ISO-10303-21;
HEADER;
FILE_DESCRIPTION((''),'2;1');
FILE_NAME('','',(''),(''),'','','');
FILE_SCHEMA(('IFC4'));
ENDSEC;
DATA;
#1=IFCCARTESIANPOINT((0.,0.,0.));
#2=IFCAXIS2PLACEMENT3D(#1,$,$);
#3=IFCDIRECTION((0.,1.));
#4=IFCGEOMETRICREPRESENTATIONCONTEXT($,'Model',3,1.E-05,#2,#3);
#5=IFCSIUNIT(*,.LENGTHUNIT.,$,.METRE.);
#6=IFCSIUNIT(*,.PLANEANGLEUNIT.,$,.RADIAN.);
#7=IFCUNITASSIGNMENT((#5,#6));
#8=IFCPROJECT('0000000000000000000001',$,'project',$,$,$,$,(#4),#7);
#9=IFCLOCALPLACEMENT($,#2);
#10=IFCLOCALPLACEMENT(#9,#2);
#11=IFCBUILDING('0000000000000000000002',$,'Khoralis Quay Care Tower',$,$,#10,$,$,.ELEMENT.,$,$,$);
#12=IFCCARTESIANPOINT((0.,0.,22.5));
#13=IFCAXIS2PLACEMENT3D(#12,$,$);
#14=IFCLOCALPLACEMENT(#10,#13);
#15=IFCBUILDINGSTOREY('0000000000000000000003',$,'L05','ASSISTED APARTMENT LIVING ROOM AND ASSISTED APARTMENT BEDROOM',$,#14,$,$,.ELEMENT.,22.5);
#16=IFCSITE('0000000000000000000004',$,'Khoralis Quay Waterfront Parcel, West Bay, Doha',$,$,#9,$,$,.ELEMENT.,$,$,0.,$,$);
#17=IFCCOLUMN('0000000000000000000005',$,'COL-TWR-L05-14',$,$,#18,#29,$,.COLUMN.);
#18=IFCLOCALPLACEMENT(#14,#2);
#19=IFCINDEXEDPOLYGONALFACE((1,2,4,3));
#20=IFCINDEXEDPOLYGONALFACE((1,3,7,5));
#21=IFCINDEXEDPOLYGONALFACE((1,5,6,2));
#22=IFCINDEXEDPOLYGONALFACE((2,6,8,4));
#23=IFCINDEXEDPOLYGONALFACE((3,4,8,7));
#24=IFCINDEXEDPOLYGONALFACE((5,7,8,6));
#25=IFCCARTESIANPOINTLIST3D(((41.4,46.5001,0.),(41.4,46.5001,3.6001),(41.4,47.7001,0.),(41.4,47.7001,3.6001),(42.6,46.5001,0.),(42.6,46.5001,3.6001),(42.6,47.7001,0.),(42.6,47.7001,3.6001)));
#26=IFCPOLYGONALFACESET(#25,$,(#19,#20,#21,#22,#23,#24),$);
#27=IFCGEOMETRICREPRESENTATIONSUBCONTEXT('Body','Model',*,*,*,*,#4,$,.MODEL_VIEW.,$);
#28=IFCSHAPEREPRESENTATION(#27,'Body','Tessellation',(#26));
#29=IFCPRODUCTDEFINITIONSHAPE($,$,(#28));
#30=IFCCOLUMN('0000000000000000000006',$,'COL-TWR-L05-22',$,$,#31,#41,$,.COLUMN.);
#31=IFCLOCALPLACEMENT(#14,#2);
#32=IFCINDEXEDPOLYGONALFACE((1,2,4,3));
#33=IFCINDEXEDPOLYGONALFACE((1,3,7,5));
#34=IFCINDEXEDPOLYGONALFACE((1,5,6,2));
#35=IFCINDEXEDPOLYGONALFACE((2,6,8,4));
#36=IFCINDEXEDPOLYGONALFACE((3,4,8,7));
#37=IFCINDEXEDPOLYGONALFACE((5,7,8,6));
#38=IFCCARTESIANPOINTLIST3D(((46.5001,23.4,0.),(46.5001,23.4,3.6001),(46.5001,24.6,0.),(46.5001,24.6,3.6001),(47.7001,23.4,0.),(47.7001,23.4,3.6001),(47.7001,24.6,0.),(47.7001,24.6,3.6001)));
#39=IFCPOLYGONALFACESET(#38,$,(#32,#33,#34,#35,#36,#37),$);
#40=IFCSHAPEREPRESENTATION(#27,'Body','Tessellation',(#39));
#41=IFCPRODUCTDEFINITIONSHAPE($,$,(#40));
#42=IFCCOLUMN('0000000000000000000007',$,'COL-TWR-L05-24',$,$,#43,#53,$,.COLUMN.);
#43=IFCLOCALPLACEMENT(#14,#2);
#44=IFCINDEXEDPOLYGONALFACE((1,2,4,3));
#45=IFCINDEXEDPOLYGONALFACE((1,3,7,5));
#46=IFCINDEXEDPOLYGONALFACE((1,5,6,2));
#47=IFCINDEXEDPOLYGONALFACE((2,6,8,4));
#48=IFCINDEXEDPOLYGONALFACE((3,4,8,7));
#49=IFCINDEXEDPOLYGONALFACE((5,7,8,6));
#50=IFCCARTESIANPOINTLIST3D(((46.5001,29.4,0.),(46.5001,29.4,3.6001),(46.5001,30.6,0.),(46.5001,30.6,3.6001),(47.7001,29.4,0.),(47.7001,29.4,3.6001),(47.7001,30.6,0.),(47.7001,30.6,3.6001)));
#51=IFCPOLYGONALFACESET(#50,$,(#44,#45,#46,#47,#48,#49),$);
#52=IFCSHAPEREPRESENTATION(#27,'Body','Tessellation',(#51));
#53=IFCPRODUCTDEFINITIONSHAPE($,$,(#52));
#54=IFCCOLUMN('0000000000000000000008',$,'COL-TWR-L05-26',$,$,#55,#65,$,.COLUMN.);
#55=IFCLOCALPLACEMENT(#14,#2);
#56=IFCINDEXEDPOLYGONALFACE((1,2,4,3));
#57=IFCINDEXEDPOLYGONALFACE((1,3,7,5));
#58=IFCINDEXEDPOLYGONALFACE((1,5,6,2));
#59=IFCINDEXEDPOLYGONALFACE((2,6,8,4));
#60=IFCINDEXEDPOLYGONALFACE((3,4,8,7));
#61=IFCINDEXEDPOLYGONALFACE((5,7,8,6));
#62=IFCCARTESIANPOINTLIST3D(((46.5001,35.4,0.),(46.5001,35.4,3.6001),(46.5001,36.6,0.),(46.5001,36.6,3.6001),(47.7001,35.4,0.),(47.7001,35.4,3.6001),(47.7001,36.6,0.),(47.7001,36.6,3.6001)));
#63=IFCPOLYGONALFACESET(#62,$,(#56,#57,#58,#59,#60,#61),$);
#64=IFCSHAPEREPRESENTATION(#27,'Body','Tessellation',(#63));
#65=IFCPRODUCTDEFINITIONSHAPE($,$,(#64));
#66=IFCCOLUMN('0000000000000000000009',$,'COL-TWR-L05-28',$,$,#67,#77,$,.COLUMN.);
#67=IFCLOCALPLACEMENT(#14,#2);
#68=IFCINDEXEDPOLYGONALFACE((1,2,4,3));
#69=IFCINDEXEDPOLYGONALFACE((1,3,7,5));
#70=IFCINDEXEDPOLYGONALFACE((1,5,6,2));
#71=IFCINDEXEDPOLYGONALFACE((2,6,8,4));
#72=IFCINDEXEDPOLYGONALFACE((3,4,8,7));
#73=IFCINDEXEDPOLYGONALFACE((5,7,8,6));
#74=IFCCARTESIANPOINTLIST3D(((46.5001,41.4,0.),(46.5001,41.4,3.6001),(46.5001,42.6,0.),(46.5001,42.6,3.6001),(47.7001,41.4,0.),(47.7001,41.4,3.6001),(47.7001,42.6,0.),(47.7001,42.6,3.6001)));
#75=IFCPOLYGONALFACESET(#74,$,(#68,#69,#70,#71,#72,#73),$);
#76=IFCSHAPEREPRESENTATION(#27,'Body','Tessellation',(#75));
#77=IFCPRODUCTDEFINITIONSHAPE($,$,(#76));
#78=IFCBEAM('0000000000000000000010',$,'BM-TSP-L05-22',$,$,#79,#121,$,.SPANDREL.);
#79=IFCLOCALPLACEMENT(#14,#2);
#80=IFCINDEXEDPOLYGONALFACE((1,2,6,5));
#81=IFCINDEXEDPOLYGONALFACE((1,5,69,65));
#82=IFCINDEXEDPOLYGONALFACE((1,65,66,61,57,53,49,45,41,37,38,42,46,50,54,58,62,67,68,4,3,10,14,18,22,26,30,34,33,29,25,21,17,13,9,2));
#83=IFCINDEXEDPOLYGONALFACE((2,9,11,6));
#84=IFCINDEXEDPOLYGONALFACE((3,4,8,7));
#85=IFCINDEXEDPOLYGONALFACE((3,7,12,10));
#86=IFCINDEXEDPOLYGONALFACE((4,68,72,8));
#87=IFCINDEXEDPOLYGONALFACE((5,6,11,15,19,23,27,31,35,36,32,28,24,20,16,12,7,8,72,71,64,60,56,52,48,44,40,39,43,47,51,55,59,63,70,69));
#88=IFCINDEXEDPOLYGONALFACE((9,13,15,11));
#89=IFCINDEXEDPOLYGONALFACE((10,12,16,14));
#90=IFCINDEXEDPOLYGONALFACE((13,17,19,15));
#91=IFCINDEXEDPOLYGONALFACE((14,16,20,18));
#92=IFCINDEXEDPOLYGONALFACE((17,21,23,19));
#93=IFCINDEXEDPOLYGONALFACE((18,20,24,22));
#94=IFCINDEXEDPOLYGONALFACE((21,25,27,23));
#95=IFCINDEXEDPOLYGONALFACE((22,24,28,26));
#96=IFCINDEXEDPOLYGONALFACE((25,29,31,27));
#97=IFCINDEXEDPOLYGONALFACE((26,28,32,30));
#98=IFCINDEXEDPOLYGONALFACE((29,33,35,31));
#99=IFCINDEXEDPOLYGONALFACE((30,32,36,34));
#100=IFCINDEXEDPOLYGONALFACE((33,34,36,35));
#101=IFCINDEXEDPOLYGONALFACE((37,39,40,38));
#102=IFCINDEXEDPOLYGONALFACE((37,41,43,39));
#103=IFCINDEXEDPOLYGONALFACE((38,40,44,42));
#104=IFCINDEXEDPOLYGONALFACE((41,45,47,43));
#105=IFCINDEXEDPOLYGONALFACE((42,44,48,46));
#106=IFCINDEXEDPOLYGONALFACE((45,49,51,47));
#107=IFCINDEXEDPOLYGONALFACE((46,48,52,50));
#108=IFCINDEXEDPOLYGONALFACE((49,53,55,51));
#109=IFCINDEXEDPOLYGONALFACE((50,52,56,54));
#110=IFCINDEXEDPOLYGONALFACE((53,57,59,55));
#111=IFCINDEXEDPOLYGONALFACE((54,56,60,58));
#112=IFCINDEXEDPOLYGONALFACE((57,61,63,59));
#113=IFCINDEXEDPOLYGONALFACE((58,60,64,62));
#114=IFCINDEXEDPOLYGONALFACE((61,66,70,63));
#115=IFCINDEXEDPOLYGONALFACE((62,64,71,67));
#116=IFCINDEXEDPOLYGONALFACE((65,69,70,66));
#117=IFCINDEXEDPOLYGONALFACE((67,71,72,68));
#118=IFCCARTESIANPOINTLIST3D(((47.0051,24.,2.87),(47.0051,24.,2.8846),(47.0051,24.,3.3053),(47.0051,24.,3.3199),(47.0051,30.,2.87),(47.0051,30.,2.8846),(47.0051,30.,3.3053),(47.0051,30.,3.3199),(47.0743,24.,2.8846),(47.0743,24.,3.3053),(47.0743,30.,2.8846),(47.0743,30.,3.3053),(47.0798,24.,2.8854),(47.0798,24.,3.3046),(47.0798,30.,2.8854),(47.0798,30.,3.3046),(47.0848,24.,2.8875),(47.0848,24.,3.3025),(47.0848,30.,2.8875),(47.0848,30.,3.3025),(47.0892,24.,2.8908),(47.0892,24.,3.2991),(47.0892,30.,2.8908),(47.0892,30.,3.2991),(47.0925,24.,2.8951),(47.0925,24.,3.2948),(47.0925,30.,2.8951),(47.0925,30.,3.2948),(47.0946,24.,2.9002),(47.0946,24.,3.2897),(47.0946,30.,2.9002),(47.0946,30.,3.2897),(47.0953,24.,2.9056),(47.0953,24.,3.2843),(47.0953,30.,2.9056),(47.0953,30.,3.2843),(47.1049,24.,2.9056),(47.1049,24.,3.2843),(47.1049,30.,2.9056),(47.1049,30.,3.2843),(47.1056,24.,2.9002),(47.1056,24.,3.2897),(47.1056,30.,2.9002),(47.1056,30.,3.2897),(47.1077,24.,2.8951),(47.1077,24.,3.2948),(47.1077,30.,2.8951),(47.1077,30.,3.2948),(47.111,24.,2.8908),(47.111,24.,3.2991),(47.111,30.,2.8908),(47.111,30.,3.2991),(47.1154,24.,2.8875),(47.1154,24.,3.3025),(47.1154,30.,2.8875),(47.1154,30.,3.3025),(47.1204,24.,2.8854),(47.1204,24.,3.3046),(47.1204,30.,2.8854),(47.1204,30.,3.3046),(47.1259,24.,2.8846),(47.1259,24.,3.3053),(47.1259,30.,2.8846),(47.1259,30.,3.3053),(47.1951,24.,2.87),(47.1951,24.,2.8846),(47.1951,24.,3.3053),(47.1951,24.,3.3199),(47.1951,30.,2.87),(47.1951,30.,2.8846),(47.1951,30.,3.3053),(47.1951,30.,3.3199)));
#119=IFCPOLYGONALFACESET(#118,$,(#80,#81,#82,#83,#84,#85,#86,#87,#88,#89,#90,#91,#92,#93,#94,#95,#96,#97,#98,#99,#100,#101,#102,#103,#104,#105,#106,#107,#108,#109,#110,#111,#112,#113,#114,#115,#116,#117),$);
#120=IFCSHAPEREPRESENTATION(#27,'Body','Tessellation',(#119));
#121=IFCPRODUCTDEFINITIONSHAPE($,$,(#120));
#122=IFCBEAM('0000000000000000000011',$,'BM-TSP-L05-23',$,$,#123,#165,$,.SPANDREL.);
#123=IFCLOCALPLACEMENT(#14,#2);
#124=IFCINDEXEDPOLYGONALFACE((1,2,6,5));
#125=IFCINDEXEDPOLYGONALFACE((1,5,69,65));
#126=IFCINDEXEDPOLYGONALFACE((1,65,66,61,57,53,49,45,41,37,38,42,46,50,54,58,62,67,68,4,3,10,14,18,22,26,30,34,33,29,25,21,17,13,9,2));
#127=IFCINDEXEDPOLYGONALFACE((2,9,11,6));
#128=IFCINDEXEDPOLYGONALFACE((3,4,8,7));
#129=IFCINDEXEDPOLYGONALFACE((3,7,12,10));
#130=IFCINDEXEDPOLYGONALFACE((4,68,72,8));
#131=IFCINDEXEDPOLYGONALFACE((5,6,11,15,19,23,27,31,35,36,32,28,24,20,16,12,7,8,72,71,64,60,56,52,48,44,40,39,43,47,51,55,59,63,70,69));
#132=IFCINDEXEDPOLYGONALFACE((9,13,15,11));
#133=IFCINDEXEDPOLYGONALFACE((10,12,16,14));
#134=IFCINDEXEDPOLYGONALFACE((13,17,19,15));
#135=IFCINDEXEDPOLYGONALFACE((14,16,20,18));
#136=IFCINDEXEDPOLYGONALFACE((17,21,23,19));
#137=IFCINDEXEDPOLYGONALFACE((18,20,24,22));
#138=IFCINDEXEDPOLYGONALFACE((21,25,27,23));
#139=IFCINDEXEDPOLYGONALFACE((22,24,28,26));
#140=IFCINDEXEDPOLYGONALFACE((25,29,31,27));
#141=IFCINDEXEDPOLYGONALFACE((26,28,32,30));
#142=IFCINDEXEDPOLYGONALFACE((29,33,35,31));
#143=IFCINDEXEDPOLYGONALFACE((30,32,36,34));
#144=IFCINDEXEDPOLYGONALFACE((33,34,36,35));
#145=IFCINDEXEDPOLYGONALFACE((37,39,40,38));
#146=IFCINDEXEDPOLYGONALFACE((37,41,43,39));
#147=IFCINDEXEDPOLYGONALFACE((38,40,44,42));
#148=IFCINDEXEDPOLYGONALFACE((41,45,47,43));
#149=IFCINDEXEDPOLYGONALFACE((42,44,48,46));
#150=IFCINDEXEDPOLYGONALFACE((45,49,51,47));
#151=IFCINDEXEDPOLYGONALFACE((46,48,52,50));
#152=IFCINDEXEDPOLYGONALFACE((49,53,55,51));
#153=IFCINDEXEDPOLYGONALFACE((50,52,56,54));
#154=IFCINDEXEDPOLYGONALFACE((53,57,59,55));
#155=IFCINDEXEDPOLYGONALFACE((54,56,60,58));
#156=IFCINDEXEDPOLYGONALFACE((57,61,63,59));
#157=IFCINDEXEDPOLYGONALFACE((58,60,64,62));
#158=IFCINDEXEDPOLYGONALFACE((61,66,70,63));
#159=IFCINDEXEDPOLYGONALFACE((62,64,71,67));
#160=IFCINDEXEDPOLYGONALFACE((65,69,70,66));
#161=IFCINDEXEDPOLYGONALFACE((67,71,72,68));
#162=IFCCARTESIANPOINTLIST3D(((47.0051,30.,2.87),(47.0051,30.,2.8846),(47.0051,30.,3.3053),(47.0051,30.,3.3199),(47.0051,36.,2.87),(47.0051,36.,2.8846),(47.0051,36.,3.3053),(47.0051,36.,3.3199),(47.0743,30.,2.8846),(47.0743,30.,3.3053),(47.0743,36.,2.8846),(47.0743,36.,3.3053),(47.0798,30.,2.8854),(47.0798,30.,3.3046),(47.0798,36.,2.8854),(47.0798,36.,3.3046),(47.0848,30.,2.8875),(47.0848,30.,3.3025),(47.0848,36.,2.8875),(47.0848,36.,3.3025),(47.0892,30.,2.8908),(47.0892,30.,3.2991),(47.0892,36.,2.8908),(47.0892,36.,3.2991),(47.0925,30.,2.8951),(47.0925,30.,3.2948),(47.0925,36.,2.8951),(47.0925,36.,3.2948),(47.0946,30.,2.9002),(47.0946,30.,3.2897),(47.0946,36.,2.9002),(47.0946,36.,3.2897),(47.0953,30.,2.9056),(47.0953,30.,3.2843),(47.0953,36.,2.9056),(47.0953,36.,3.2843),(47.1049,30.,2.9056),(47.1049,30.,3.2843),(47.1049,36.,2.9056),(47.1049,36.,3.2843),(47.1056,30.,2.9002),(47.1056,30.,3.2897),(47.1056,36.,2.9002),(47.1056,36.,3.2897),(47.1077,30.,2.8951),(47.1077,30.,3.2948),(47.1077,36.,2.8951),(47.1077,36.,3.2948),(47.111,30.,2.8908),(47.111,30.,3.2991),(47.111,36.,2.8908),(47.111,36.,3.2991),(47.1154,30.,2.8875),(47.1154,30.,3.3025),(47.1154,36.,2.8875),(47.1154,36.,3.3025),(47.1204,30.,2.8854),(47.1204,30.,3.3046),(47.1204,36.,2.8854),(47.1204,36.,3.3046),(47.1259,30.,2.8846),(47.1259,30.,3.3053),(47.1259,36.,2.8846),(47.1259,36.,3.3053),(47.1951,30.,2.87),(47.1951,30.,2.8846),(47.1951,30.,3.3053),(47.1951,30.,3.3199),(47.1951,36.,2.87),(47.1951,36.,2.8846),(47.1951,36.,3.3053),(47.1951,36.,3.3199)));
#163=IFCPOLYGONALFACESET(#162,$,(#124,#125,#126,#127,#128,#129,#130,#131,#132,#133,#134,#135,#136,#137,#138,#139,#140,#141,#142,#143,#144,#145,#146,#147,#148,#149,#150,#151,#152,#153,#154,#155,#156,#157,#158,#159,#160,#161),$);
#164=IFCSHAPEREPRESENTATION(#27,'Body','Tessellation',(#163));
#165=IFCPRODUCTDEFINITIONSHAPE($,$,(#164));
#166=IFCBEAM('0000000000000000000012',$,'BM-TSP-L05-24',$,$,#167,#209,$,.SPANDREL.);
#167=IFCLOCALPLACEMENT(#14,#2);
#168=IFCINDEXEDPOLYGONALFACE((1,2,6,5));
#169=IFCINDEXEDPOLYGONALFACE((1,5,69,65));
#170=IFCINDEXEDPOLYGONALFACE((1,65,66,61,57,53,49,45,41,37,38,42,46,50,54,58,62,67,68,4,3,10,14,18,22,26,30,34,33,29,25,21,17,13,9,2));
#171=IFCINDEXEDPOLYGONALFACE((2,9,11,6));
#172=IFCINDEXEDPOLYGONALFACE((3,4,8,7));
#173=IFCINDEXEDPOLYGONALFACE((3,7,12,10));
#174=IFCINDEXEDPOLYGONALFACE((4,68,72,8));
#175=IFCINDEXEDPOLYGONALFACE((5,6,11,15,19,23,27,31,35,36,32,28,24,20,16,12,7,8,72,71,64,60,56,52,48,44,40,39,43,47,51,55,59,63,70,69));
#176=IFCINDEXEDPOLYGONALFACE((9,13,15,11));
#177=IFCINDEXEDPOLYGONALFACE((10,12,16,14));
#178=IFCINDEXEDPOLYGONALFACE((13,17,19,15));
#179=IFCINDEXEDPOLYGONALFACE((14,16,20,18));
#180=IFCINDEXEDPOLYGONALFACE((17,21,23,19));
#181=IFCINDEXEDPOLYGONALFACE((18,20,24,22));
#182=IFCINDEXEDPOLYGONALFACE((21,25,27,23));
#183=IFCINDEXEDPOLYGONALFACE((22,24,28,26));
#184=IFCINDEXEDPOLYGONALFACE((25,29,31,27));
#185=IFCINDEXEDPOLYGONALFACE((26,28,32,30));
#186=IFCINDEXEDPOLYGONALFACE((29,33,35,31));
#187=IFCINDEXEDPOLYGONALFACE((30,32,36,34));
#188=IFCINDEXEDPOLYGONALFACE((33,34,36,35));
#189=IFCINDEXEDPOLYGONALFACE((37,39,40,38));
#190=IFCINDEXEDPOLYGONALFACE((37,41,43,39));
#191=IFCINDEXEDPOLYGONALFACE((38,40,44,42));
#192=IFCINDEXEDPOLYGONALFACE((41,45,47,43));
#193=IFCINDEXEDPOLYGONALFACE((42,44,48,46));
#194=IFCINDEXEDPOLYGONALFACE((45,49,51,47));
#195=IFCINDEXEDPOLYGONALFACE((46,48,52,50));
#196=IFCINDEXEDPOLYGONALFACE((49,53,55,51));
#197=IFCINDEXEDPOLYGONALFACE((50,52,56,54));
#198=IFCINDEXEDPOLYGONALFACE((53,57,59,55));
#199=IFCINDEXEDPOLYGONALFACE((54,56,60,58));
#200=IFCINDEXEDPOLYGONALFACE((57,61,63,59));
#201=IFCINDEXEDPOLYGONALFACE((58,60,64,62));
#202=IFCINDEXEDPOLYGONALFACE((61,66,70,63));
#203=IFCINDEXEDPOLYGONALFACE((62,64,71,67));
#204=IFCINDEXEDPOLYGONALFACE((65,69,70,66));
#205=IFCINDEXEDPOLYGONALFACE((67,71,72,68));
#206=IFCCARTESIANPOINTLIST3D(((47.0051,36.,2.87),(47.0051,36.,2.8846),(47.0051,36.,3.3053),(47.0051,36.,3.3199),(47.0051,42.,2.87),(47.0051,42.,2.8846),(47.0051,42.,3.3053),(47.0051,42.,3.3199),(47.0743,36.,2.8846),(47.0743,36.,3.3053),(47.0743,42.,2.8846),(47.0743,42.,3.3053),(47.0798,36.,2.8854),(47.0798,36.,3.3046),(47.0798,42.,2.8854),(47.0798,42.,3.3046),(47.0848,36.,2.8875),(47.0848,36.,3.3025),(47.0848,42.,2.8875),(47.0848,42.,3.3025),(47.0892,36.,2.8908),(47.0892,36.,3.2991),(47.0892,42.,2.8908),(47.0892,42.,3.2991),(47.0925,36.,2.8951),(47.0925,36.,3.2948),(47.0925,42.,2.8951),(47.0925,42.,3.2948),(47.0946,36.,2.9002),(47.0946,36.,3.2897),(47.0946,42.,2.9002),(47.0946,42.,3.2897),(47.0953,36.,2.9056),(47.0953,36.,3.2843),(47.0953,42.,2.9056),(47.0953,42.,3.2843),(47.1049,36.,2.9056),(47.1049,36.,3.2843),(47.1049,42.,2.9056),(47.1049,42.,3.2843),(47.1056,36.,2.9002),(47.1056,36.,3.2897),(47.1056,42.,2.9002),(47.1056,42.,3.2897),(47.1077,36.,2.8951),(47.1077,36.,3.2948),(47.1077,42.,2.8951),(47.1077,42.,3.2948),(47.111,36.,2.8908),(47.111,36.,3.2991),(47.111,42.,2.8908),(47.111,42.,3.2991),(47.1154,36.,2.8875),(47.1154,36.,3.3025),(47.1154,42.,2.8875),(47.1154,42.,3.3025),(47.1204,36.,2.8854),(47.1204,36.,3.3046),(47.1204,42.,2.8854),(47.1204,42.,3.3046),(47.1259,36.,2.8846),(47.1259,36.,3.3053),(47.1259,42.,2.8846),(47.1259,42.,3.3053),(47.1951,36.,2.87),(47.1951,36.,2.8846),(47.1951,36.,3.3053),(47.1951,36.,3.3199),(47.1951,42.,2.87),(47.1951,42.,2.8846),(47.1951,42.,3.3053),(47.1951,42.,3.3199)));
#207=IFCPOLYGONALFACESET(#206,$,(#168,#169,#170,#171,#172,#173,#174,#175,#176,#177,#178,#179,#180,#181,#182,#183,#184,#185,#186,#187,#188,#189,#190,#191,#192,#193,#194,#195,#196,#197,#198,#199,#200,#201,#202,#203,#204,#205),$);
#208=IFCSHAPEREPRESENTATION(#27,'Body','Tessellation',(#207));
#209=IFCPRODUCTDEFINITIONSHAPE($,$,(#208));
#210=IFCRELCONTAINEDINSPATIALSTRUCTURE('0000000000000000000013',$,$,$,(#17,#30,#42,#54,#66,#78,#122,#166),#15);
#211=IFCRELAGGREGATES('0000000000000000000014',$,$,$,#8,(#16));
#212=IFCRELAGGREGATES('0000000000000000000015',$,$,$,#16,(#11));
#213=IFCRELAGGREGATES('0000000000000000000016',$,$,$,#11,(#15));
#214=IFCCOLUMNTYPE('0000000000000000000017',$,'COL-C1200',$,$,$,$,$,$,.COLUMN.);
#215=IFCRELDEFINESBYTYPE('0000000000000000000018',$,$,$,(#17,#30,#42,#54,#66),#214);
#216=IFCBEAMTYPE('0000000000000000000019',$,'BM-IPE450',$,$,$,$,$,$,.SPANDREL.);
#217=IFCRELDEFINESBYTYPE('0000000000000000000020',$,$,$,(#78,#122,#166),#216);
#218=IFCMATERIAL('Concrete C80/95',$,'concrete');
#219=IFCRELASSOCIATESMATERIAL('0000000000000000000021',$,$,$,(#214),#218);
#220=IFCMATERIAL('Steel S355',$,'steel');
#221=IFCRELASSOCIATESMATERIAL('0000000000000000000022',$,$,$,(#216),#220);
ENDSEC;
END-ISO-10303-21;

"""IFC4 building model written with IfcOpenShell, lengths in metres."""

from ifc_helpers import new_model, si_unit, direction, frame, origin, origin_2d, place, context, subcontext, project, spatial, rectangle, i_section, extrude, source, transform, mapped, material, material_profile, profile_set, type_object, element, save


model = new_model("IFC4")

# Units and contexts
model_context = context("Model", 3, precision=1e-05, world=origin(), true_north=direction((0.0, 1.0)))
body_context = subcontext(model_context, "Body", "Model", "MODEL_VIEW")
ifc_project = project(units=[si_unit("LENGTHUNIT", "METRE"), si_unit("PLANEANGLEUNIT", "RADIAN")], contexts=[model_context])

# Site, building, storey
site_placement = place(None, origin())
site = spatial("IfcSite", under=ifc_project, at=site_placement, Name="Khoralis Quay Waterfront Parcel, West Bay, Doha", CompositionType="ELEMENT", RefElevation=0.0)
building_placement = place(site_placement, origin())
building = spatial("IfcBuilding", under=site, at=building_placement, Name="Khoralis Quay Care Tower", CompositionType="ELEMENT")
storey_placement = place(building_placement, frame((0.0, 0.0, 22.5)))
storey = spatial("IfcBuildingStorey", under=building, at=storey_placement, Name="L05", Description="ASSISTED APARTMENT LIVING ROOM AND ASSISTED APARTMENT BEDROOM", CompositionType="ELEMENT", Elevation=22.5)

# Columns
ifc_material_1 = material(Name="Concrete C80/95", Category="concrete")
ifc_material_profile_1 = material_profile(ifc_material_1, rectangle(XDim=1.2, YDim=1.2, at=origin_2d()), Name="Concrete C80/95")
ifc_profile_set_1 = profile_set([ifc_material_profile_1], Name="Concrete C80/95")
column_type = type_object("IfcColumnType", Name="COL-C1200", PredefinedType="COLUMN", material=ifc_profile_set_1)
shared_shape_1 = source(origin(), body_context, "Body", "SweptSolid", [
    extrude(rectangle(XDim=1.2, YDim=1.2, at=origin_2d()), origin(), (0.0, 0.0, 1.0), 3.6001),
])
for number, where, z_axis, x_axis, name in (
    (1, (42.0, 47.1001, 0.0), (0.0, 0.0, 1.0), (1.0, 0.0, 0.0), "COL-TWR-L05-14"),
    (2, (47.1001, 24.0, 0.0), (0.0, 0.0, 1.0), (1.0, 0.0, 0.0), "COL-TWR-L05-22"),
    (3, (47.1001, 30.0, 0.0), (0.0, 0.0, 1.0), (1.0, 0.0, 0.0), "COL-TWR-L05-24"),
    (4, (47.1001, 36.0, 0.0), (0.0, 0.0, 1.0), (1.0, 0.0, 0.0), "COL-TWR-L05-26"),
    (5, (47.1001, 42.0, 0.0), (0.0, 0.0, 1.0), (1.0, 0.0, 0.0), "COL-TWR-L05-28"),
):
    element("IfcColumn", number, at=place(storey_placement, frame(where, z_axis=z_axis, x_axis=x_axis)), inside=storey, type_object=column_type, Name=name, PredefinedType="COLUMN", context=body_context, shape_type="MappedRepresentation", body=[
        mapped(shared_shape_1, transform((0.0, 0.0, 0.0), scale=1.0)),
    ])

# Beams
ifc_material_2 = material(Name="Steel S355", Category="steel")
ifc_material_profile_2 = material_profile(ifc_material_2, i_section(OverallWidth=0.1899, OverallDepth=0.45, WebThickness=0.0095, FlangeThickness=0.0146, FilletRadius=0.021, at=origin_2d()), Name="Steel S355")
ifc_profile_set_2 = profile_set([ifc_material_profile_2], Name="Steel S355")
beam_type_1 = type_object("IfcBeamType", Name="BM-IPE450", PredefinedType="SPANDREL", material=ifc_profile_set_2)
shared_shape_2 = source(origin(), body_context, "Body", "SweptSolid", [
    extrude(i_section(OverallWidth=0.1899, OverallDepth=0.45, WebThickness=0.0095, FlangeThickness=0.0146, FilletRadius=0.021, at=origin_2d()), origin(), (0.0, 0.0, 1.0), 6.0),
])
for number, where, z_axis, x_axis, name in (
    (6, (47.1001, 24.0, 3.095), (0.0, 1.0, 0.0), (-1.0, 0.0, 0.0), "BM-TSP-L05-22"),
    (7, (47.1001, 30.0, 3.095), (0.0, 1.0, 0.0), (-1.0, 0.0, 0.0), "BM-TSP-L05-23"),
    (8, (47.1001, 36.0, 3.095), (0.0, 1.0, 0.0), (-1.0, 0.0, 0.0), "BM-TSP-L05-24"),
):
    element("IfcBeam", number, at=place(storey_placement, frame(where, z_axis=z_axis, x_axis=x_axis)), inside=storey, type_object=beam_type_1, Name=name, PredefinedType="SPANDREL", context=body_context, shape_type="MappedRepresentation", body=[
        mapped(shared_shape_2, transform((0.0, 0.0, 0.0), scale=1.0)),
    ])

save(model, "model.ifc")
